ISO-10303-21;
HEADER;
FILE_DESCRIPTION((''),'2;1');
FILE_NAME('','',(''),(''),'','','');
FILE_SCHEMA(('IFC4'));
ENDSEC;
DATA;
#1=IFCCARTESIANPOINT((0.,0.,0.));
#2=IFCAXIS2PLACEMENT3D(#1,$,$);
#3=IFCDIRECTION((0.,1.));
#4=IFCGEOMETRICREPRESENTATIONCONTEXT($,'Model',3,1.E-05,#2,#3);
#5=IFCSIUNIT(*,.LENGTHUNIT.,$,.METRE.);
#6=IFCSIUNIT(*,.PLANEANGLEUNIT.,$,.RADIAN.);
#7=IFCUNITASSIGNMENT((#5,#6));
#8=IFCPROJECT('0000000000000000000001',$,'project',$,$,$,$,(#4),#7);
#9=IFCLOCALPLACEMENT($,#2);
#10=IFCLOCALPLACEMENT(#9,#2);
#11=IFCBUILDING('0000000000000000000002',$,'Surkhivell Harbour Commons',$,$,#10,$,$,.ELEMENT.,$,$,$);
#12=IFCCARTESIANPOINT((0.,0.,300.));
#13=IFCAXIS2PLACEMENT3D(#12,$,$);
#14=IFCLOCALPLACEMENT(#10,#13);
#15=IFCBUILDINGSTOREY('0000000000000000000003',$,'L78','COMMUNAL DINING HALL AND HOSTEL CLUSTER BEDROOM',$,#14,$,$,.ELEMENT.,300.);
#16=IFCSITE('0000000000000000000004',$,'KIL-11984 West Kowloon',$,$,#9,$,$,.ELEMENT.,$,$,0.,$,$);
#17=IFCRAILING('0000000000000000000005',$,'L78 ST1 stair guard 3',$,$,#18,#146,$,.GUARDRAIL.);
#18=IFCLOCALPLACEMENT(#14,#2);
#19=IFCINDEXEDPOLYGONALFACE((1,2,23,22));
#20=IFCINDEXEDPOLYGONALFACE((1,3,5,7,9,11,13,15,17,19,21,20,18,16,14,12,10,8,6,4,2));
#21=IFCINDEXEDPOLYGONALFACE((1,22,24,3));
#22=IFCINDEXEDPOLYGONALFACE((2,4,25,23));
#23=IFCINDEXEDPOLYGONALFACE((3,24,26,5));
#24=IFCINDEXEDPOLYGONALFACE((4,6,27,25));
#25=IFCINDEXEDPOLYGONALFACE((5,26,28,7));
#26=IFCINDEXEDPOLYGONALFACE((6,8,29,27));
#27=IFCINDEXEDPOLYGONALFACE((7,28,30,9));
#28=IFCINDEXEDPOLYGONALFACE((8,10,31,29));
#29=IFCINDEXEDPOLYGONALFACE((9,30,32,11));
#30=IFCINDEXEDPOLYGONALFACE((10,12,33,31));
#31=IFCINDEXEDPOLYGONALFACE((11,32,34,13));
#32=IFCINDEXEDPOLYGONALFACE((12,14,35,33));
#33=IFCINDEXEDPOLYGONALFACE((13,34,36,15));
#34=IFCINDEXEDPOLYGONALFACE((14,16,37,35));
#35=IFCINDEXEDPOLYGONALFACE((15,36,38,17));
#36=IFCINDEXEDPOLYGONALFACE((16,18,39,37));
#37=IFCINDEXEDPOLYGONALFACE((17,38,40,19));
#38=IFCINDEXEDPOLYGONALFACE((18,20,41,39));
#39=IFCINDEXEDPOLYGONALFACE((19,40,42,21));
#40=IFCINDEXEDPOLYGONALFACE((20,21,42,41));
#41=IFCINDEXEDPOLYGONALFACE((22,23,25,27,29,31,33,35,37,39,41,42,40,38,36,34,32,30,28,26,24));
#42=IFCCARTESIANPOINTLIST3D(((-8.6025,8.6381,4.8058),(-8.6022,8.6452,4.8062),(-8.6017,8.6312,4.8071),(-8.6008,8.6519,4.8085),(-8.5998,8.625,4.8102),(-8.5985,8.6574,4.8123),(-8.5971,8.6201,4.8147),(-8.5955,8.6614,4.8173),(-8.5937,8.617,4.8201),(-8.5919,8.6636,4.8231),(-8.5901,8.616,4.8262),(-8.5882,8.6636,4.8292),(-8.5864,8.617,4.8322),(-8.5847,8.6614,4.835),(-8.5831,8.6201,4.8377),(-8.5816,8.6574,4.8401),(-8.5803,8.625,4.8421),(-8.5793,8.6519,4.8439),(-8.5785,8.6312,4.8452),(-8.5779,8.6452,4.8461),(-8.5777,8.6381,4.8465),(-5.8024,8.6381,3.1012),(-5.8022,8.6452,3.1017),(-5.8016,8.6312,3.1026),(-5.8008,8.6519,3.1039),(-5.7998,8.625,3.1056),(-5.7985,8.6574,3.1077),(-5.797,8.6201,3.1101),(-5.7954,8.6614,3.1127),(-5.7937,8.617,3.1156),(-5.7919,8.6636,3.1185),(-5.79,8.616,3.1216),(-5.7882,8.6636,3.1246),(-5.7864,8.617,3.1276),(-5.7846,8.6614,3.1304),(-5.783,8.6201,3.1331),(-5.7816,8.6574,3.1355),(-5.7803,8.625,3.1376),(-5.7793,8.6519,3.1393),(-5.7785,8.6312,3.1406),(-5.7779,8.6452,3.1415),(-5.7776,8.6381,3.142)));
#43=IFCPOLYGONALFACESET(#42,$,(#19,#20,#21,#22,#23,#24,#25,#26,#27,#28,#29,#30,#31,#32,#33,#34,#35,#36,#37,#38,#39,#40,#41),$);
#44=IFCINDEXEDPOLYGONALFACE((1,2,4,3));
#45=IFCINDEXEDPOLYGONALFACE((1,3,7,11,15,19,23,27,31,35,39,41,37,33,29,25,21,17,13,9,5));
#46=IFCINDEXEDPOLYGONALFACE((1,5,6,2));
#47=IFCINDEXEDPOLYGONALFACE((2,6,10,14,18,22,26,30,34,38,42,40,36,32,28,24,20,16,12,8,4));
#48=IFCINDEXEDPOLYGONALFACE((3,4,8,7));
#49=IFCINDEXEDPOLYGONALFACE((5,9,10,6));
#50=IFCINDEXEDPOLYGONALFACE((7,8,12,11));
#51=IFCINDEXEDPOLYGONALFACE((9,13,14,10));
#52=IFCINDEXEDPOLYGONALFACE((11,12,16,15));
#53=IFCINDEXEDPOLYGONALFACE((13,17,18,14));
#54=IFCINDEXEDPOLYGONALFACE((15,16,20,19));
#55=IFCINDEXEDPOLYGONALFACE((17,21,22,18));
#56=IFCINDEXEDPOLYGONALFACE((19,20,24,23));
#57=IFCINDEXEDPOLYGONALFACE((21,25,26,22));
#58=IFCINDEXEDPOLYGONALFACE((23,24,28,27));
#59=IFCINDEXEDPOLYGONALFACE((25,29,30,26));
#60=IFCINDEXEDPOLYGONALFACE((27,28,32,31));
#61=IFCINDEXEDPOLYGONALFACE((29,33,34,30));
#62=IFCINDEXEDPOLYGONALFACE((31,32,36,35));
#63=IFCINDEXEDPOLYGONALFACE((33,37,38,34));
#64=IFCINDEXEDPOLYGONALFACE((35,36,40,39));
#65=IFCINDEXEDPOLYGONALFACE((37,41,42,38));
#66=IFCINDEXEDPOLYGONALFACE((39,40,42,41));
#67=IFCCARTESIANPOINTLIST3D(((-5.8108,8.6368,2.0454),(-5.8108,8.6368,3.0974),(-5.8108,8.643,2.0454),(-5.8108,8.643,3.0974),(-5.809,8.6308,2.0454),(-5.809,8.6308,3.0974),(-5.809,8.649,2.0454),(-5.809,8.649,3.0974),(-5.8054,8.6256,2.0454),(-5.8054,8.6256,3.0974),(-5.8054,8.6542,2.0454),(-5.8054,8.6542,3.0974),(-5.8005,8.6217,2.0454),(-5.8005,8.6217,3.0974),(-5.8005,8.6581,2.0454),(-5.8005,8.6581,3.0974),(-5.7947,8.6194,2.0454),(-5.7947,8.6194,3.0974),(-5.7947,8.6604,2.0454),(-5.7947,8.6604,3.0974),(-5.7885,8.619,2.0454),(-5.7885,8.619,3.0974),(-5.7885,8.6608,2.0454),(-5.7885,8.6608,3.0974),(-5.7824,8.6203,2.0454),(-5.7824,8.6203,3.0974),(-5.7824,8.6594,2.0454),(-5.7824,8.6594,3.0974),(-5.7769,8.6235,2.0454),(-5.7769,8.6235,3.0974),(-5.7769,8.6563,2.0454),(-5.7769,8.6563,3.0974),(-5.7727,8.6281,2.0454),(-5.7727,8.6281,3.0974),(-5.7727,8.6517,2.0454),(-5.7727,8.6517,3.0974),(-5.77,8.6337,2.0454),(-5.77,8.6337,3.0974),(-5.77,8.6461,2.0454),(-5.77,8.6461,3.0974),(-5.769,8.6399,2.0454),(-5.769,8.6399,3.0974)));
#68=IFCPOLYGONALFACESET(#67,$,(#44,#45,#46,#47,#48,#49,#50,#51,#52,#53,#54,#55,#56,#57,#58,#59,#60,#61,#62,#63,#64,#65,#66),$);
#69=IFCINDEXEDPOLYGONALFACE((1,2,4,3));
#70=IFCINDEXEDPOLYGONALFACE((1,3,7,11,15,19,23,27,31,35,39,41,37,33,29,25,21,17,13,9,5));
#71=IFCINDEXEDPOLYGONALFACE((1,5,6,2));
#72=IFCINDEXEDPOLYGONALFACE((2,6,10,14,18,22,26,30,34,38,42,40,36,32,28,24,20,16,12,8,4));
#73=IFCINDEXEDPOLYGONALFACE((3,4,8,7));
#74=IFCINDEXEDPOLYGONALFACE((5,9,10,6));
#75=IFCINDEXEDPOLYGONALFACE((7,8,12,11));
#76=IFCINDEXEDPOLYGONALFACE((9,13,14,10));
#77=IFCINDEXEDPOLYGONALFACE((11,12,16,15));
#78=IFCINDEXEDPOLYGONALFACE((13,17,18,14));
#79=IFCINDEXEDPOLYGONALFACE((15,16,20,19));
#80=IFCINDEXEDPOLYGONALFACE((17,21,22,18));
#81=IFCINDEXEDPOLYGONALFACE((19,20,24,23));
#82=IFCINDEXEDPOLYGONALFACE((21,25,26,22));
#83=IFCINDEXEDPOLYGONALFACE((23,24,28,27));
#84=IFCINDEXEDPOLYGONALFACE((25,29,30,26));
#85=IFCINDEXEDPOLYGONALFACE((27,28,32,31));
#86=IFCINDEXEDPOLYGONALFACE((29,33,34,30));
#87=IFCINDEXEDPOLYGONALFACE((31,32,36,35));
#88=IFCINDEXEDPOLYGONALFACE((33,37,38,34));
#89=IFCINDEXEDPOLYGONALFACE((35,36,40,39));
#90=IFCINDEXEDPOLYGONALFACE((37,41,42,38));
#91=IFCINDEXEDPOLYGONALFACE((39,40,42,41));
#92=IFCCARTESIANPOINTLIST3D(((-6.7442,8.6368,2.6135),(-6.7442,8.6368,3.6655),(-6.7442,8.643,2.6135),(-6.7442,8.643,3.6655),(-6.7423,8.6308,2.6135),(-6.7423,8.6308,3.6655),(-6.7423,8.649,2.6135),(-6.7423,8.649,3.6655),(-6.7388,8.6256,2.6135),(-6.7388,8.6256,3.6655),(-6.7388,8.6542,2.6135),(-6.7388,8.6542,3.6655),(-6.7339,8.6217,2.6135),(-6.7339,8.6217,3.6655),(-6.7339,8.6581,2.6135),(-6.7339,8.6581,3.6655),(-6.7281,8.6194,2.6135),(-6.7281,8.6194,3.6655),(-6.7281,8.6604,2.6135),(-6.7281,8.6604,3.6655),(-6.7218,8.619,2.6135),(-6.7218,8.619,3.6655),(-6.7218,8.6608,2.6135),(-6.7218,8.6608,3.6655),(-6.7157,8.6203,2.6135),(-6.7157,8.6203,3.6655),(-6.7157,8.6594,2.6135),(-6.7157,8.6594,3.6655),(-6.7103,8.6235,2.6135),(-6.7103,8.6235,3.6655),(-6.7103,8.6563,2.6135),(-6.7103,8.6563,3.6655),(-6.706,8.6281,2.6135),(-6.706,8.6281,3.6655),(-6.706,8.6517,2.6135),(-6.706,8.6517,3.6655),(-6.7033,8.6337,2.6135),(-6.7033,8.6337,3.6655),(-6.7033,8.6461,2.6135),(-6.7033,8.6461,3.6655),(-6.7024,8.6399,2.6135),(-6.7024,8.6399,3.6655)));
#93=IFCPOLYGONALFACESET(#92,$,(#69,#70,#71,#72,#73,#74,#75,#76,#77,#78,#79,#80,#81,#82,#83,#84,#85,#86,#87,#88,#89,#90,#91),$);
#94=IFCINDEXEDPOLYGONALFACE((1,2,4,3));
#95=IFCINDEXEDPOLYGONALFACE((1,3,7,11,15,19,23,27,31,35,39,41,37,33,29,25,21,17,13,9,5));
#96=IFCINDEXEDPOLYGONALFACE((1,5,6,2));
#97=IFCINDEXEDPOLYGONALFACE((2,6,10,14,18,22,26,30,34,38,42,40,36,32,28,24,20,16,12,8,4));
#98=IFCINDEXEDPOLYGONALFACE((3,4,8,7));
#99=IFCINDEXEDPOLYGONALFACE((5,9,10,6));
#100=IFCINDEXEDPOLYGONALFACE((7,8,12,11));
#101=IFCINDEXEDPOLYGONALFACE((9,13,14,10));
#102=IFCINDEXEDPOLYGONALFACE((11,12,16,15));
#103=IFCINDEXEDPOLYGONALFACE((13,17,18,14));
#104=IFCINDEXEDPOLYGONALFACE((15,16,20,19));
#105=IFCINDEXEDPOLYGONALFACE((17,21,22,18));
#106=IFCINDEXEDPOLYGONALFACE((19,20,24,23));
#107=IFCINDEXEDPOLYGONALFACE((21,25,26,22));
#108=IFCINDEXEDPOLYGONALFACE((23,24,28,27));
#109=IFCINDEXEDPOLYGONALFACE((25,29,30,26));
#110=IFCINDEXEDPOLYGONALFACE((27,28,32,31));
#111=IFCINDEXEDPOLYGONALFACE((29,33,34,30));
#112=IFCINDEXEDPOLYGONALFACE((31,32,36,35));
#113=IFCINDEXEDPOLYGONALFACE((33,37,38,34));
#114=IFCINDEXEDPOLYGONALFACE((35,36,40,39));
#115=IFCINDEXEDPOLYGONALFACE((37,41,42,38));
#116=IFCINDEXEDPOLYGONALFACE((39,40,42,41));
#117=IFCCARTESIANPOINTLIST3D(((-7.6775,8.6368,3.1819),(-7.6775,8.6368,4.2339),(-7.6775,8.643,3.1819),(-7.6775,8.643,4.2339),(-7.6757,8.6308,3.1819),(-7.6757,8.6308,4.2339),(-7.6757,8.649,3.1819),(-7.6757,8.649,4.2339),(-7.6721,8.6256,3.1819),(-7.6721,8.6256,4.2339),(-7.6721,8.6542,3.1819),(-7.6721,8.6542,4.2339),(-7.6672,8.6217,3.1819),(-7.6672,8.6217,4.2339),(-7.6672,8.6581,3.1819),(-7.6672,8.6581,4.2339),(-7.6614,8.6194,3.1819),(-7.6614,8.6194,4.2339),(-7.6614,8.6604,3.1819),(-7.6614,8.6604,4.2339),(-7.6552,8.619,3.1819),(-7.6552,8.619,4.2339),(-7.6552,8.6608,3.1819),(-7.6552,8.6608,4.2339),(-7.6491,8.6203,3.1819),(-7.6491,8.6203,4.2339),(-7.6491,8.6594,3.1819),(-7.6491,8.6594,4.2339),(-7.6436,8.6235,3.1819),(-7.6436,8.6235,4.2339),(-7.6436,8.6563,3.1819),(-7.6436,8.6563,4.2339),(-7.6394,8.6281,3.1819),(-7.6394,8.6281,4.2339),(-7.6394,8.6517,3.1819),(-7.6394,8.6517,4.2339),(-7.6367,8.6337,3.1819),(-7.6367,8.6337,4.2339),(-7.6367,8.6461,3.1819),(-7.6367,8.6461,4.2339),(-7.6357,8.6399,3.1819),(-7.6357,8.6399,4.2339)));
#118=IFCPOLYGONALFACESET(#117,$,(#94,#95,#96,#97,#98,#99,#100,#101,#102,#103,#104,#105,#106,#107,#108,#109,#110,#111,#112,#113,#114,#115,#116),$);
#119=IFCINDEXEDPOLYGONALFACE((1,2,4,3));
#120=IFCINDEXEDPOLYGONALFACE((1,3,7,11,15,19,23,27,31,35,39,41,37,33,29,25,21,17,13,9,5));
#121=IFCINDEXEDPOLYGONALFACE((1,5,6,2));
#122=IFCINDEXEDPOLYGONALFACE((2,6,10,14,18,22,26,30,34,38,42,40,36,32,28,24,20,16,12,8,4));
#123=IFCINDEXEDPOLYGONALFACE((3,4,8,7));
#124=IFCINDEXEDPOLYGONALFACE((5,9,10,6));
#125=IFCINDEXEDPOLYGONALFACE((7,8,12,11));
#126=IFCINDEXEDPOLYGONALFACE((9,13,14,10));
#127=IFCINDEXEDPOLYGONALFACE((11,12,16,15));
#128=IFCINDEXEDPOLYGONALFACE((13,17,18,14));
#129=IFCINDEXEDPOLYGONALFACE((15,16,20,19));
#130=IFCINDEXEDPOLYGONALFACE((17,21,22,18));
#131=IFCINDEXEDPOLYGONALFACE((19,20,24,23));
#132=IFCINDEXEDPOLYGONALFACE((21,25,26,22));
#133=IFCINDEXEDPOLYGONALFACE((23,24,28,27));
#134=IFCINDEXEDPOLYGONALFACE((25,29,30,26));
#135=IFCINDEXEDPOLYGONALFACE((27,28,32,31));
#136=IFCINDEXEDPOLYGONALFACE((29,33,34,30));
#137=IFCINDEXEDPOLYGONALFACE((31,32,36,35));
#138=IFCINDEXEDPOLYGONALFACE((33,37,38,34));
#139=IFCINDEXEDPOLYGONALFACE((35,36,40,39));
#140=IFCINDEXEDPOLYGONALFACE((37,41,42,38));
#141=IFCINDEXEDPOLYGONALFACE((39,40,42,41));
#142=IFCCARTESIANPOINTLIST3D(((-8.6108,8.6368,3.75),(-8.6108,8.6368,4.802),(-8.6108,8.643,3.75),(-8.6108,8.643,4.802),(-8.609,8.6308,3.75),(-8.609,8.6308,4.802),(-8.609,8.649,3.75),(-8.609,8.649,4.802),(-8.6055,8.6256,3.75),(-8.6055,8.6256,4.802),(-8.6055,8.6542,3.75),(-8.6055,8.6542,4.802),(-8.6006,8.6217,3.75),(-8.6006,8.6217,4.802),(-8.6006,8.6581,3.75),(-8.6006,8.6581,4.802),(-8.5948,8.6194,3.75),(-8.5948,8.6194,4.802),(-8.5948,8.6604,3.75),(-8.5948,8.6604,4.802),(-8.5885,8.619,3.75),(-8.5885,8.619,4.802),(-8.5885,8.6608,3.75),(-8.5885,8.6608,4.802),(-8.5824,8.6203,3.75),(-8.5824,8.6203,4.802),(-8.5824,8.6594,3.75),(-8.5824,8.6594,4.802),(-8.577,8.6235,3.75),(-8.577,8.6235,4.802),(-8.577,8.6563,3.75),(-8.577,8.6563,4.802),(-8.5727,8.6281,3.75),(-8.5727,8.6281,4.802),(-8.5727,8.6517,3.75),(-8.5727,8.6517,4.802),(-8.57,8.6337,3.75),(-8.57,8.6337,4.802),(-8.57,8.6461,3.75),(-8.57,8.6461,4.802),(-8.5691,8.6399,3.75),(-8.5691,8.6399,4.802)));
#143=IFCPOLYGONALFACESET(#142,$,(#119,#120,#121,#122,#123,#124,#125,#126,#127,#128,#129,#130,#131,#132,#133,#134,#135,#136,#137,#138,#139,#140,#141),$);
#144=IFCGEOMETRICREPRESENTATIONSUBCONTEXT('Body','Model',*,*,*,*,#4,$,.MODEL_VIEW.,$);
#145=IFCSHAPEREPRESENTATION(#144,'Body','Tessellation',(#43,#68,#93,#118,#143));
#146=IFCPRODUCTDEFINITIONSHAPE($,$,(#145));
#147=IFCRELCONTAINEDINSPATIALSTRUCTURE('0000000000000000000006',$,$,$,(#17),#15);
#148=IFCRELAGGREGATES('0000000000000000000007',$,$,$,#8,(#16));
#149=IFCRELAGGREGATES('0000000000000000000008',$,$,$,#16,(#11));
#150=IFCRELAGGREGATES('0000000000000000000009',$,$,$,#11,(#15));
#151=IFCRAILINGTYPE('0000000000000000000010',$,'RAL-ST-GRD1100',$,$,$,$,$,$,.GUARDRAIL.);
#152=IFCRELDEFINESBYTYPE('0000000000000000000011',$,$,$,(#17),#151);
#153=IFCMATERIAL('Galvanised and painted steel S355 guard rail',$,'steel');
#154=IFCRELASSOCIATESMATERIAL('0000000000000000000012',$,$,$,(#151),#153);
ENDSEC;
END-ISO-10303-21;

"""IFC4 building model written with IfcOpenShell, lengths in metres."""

from ifc_helpers import new_model, si_unit, direction, frame, origin, origin_2d, place, context, subcontext, project, spatial, circle, extrude, material, type_object, element, save


model = new_model("IFC4")

# Units and contexts
model_context = context("Model", 3, precision=1e-05, world=origin(), true_north=direction((0.0, 1.0)))
body_context = subcontext(model_context, "Body", "Model", "MODEL_VIEW")
ifc_project = project(units=[si_unit("LENGTHUNIT", "METRE"), si_unit("PLANEANGLEUNIT", "RADIAN")], contexts=[model_context])

# Site, building, storey
site_placement = place(None, origin())
site = spatial("IfcSite", under=ifc_project, at=site_placement, Name="KIL-11984 West Kowloon", CompositionType="ELEMENT", RefElevation=0.0)
building_placement = place(site_placement, origin())
building = spatial("IfcBuilding", under=site, at=building_placement, Name="Surkhivell Harbour Commons", CompositionType="ELEMENT")
storey_placement = place(building_placement, frame((0.0, 0.0, 300.0)))
storey = spatial("IfcBuildingStorey", under=building, at=storey_placement, Name="L78", Description="COMMUNAL DINING HALL AND HOSTEL CLUSTER BEDROOM", CompositionType="ELEMENT", Elevation=300.0)

# Railing
ifc_material_1 = material(Name="Galvanised and painted steel S355 guard rail", Category="steel")
railing_type_1 = type_object("IfcRailingType", Name="RAL-ST-GRD1100", PredefinedType="GUARDRAIL", material=ifc_material_1)
railing_1_placement = place(storey_placement, frame((-5.79, 8.6399, 2.0454)))
element("IfcRailing", 1, at=railing_1_placement, inside=storey, type_object=railing_type_1, Name="L78 ST1 stair guard 3", PredefinedType="GUARDRAIL", context=body_context, shape_type="SweptSolid", body=[
    extrude(circle(Radius=0.0239, at=origin_2d()), frame((0.0, 0.0, 1.0762), z_axis=(-0.85417, 0.0, 0.519994), x_axis=(0.0, -1.0, 0.0)), (0.0, 0.0, 1.0), 3.2781),
    extrude(circle(Radius=0.021, at=origin_2d()), origin(), (0.0, 0.0, 1.0), 1.052),
    extrude(circle(Radius=0.021, at=origin_2d()), frame((-0.9333, 0.0, 0.5681)), (0.0, 0.0, 1.0), 1.052),
    extrude(circle(Radius=0.021, at=origin_2d()), frame((-1.8667, 0.0, 1.1365)), (0.0, 0.0, 1.0), 1.052),
    extrude(circle(Radius=0.021, at=origin_2d()), frame((-2.8, 0.0, 1.7046)), (0.0, 0.0, 1.0), 1.052),
])

save(model, "model.ifc")
